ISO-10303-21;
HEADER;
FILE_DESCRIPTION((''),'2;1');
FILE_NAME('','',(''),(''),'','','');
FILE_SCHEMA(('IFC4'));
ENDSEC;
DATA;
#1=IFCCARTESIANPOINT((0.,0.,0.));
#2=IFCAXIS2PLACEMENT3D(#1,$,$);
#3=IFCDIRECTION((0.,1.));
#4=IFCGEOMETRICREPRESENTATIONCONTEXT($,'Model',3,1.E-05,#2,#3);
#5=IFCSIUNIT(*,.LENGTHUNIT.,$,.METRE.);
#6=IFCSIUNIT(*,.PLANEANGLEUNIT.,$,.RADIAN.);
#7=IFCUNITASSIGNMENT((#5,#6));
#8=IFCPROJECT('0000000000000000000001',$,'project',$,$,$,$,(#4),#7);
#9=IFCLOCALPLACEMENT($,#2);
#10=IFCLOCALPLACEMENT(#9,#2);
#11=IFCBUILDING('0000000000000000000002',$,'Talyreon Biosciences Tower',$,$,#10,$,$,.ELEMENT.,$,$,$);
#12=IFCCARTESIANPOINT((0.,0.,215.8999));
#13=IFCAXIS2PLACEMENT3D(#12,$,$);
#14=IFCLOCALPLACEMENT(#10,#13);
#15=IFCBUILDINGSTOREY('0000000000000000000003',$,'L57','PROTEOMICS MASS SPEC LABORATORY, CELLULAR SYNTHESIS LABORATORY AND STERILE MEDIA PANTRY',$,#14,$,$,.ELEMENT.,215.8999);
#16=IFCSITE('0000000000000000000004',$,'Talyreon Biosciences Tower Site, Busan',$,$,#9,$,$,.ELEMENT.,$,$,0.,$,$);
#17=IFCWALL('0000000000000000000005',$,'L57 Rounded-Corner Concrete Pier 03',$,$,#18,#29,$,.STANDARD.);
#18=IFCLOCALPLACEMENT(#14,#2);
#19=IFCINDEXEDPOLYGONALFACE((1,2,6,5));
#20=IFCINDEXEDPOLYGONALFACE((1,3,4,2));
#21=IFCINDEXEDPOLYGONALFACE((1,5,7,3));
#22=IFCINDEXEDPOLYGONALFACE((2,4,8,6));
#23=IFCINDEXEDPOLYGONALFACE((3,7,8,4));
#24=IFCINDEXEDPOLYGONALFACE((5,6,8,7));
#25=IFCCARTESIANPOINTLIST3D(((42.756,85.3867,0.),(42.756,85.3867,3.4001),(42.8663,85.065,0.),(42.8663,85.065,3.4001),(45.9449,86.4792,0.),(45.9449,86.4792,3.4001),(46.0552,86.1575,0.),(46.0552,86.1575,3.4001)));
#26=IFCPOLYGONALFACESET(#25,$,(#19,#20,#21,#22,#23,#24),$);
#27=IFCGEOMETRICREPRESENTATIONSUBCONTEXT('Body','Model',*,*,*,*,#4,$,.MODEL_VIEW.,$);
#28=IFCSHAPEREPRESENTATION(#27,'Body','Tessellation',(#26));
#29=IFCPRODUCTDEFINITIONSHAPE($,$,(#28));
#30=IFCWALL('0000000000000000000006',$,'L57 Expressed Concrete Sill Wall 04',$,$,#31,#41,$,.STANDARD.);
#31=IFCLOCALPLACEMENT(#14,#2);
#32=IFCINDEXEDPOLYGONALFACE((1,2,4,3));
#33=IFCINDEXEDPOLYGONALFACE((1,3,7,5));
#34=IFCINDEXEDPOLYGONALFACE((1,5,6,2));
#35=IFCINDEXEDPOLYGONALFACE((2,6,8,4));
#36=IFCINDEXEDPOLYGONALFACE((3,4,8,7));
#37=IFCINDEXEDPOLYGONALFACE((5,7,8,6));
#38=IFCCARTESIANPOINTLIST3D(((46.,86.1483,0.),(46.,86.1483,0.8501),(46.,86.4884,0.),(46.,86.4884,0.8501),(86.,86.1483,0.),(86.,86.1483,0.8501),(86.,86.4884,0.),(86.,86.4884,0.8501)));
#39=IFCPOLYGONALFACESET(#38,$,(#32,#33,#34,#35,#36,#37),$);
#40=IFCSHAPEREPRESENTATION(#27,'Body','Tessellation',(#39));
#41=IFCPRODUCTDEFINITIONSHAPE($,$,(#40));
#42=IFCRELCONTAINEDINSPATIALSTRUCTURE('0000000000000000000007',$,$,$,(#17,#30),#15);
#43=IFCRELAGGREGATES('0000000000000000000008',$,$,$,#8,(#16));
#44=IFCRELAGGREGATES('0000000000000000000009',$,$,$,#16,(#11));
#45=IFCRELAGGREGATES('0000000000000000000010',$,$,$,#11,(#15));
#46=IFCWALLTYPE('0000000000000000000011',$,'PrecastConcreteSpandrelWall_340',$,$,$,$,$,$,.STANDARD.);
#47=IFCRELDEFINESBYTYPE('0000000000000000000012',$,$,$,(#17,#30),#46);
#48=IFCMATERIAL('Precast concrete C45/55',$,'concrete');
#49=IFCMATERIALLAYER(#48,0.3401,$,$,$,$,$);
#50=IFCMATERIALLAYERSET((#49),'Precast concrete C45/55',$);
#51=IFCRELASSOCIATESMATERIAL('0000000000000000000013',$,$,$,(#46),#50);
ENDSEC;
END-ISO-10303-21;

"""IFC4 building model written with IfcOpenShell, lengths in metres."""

from ifc_helpers import new_model, si_unit, direction, frame, frame_2d, origin, place, context, subcontext, project, spatial, rectangle, extrude, material, layer, layer_set, type_object, element, save


model = new_model("IFC4")

# Units and contexts
model_context = context("Model", 3, precision=1e-05, world=origin(), true_north=direction((0.0, 1.0)))
body_context = subcontext(model_context, "Body", "Model", "MODEL_VIEW")
ifc_project = project(units=[si_unit("LENGTHUNIT", "METRE"), si_unit("PLANEANGLEUNIT", "RADIAN")], contexts=[model_context])

# Site, building, storey
site_placement = place(None, origin())
site = spatial("IfcSite", under=ifc_project, at=site_placement, Name="Talyreon Biosciences Tower Site, Busan", CompositionType="ELEMENT", RefElevation=0.0)
building_placement = place(site_placement, origin())
building = spatial("IfcBuilding", under=site, at=building_placement, Name="Talyreon Biosciences Tower", CompositionType="ELEMENT")
storey_placement = place(building_placement, frame((0.0, 0.0, 215.8999)))
storey = spatial("IfcBuildingStorey", under=building, at=storey_placement, Name="L57", Description="PROTEOMICS MASS SPEC LABORATORY, CELLULAR SYNTHESIS LABORATORY AND STERILE MEDIA PANTRY", CompositionType="ELEMENT", Elevation=215.8999)

# Shared definitions
ifc_material_1 = material(Name="Precast concrete C45/55", Category="concrete")

# Walls
ifc_layer_1 = layer(ifc_material_1, 0.3401)
ifc_layer_set_1 = layer_set([ifc_layer_1], Name="Precast concrete C45/55")
wall_type_1 = type_object("IfcWallType", Name="PrecastConcreteSpandrelWall_340", PredefinedType="STANDARD", material=ifc_layer_set_1)
wall_1_placement = place(storey_placement, frame((42.811, 85.2258, 0.0), z_axis=(0.0, 0.0, 1.0), x_axis=(0.946021, 0.324104, 0.0)))
element("IfcWall", 1, at=wall_1_placement, inside=storey, type_object=wall_type_1, Name="L57 Rounded-Corner Concrete Pier 03", PredefinedType="STANDARD", context=body_context, shape_type="SweptSolid", body=[
    extrude(rectangle(XDim=3.3708, YDim=0.3401, at=frame_2d((1.6855, 0.0))), origin(), (0.0, 0.0, 1.0), 3.4001),
])
wall_2_placement = place(storey_placement, frame((46.0, 86.3184, 0.0), z_axis=(0.0, 0.0, 1.0), x_axis=(1.0, 0.0, 0.0)))
element("IfcWall", 2, at=wall_2_placement, inside=storey, type_object=wall_type_1, Name="L57 Expressed Concrete Sill Wall 04", PredefinedType="STANDARD", context=body_context, shape_type="SweptSolid", body=[
    extrude(rectangle(XDim=40.0, YDim=0.3401, at=frame_2d((20.0, 0.0))), origin(), (0.0, 0.0, 1.0), 0.8501),
])

save(model, "model.ifc")
